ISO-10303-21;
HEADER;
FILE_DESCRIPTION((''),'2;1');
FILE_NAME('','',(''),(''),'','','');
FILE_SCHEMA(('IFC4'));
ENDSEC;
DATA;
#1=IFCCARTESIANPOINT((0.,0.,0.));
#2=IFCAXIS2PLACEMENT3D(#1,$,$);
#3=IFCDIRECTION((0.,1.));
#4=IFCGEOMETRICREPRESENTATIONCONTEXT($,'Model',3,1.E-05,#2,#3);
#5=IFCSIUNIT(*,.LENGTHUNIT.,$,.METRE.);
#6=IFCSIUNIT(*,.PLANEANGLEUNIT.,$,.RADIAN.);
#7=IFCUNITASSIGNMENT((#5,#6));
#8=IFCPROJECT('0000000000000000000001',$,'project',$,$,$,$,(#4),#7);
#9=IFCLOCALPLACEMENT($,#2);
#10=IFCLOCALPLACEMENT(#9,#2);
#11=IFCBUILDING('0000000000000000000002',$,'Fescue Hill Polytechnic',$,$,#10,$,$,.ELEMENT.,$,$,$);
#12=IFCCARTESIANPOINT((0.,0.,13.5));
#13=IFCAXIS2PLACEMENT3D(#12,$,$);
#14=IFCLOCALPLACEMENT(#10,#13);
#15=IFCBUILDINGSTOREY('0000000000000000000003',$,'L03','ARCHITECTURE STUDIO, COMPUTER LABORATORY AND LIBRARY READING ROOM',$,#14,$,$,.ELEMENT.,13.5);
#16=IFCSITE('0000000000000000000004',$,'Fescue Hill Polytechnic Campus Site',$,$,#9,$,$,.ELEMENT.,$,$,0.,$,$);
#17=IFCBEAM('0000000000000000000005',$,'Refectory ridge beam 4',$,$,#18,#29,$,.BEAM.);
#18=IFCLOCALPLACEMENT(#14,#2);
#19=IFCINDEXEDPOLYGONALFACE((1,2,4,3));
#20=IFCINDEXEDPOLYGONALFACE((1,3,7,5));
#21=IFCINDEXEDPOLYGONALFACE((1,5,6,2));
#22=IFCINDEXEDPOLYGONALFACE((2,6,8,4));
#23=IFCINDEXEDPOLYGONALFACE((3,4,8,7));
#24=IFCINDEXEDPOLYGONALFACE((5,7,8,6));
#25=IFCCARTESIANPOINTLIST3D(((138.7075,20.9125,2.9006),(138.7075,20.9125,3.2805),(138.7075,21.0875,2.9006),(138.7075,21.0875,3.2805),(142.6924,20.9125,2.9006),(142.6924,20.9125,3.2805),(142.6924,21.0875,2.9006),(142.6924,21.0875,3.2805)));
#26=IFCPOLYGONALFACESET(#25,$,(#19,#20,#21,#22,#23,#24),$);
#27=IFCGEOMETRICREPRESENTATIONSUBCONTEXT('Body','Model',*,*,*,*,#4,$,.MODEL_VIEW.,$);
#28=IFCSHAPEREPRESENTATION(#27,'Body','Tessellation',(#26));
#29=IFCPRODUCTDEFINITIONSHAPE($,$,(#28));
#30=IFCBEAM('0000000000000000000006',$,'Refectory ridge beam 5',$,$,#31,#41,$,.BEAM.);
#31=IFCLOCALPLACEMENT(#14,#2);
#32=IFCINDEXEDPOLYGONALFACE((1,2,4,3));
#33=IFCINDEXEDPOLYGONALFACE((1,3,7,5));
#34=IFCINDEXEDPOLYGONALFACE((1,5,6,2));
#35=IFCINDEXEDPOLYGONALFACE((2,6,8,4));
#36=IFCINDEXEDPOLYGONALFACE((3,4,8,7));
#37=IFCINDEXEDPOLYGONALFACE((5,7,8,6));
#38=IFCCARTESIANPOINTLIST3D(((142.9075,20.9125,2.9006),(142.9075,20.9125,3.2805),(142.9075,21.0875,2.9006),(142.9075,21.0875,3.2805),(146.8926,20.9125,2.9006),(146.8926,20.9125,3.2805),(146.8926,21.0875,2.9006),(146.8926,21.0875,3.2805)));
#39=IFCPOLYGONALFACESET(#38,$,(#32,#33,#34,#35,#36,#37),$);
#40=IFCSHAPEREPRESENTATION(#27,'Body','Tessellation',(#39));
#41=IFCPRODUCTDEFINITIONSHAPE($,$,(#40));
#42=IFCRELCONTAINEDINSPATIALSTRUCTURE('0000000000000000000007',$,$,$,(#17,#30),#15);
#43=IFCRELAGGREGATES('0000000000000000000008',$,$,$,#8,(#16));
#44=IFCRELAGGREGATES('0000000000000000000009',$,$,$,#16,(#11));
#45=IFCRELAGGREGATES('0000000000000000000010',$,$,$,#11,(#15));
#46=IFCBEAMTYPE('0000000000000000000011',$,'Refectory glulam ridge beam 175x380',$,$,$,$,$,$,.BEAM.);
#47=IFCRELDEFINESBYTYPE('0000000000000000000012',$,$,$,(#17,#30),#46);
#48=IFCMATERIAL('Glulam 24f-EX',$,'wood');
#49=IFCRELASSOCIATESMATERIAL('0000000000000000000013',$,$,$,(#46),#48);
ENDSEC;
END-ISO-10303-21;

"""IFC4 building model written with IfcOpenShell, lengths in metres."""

from ifc_helpers import new_model, si_unit, direction, frame, origin, origin_2d, place, context, subcontext, project, spatial, rectangle, extrude, material, material_profile, profile_set, type_object, element, save


model = new_model("IFC4")

# Units and contexts
model_context = context("Model", 3, precision=1e-05, world=origin(), true_north=direction((0.0, 1.0)))
body_context = subcontext(model_context, "Body", "Model", "MODEL_VIEW")
ifc_project = project(units=[si_unit("LENGTHUNIT", "METRE"), si_unit("PLANEANGLEUNIT", "RADIAN")], contexts=[model_context])

# Site, building, storey
site_placement = place(None, origin())
site = spatial("IfcSite", under=ifc_project, at=site_placement, Name="Fescue Hill Polytechnic Campus Site", CompositionType="ELEMENT", RefElevation=0.0)
building_placement = place(site_placement, origin())
building = spatial("IfcBuilding", under=site, at=building_placement, Name="Fescue Hill Polytechnic", CompositionType="ELEMENT")
storey_placement = place(building_placement, frame((0.0, 0.0, 13.5)))
storey = spatial("IfcBuildingStorey", under=building, at=storey_placement, Name="L03", Description="ARCHITECTURE STUDIO, COMPUTER LABORATORY AND LIBRARY READING ROOM", CompositionType="ELEMENT", Elevation=13.5)

# Shared definitions
ifc_material = material(Name="Glulam 24f-EX", Category="wood")

# Beams
ifc_material_profile_1 = material_profile(ifc_material, rectangle(XDim=0.175, YDim=0.3799, at=origin_2d()), Name="Refectory glulam ridge beam 175x380")
ifc_profile_set_1 = profile_set([ifc_material_profile_1], Name="Glulam 24f-EX")
beam_type = type_object("IfcBeamType", Name="Refectory glulam ridge beam 175x380", PredefinedType="BEAM", material=ifc_profile_set_1)
beam_1_placement = place(storey_placement, frame((138.7075, 21.0, 3.0906), z_axis=(1.0, 0.0, 0.0), x_axis=(0.0, 1.0, 0.0)))
element("IfcBeam", 1, at=beam_1_placement, inside=storey, type_object=beam_type, Name="Refectory ridge beam 4", PredefinedType="BEAM", context=body_context, shape_type="SweptSolid", body=[
    extrude(rectangle(XDim=0.175, YDim=0.3799, at=origin_2d()), origin(), (0.0, 0.0, 1.0), 3.9849),
])
beam_2_placement = place(storey_placement, frame((142.9075, 21.0, 3.0906), z_axis=(1.0, 0.0, 0.0), x_axis=(0.0, 1.0, 0.0)))
element("IfcBeam", 2, at=beam_2_placement, inside=storey, type_object=beam_type, Name="Refectory ridge beam 5", PredefinedType="BEAM", context=body_context, shape_type="SweptSolid", body=[
    extrude(rectangle(XDim=0.175, YDim=0.3799, at=origin_2d()), origin(), (0.0, 0.0, 1.0), 3.9851),
])

save(model, "model.ifc")
